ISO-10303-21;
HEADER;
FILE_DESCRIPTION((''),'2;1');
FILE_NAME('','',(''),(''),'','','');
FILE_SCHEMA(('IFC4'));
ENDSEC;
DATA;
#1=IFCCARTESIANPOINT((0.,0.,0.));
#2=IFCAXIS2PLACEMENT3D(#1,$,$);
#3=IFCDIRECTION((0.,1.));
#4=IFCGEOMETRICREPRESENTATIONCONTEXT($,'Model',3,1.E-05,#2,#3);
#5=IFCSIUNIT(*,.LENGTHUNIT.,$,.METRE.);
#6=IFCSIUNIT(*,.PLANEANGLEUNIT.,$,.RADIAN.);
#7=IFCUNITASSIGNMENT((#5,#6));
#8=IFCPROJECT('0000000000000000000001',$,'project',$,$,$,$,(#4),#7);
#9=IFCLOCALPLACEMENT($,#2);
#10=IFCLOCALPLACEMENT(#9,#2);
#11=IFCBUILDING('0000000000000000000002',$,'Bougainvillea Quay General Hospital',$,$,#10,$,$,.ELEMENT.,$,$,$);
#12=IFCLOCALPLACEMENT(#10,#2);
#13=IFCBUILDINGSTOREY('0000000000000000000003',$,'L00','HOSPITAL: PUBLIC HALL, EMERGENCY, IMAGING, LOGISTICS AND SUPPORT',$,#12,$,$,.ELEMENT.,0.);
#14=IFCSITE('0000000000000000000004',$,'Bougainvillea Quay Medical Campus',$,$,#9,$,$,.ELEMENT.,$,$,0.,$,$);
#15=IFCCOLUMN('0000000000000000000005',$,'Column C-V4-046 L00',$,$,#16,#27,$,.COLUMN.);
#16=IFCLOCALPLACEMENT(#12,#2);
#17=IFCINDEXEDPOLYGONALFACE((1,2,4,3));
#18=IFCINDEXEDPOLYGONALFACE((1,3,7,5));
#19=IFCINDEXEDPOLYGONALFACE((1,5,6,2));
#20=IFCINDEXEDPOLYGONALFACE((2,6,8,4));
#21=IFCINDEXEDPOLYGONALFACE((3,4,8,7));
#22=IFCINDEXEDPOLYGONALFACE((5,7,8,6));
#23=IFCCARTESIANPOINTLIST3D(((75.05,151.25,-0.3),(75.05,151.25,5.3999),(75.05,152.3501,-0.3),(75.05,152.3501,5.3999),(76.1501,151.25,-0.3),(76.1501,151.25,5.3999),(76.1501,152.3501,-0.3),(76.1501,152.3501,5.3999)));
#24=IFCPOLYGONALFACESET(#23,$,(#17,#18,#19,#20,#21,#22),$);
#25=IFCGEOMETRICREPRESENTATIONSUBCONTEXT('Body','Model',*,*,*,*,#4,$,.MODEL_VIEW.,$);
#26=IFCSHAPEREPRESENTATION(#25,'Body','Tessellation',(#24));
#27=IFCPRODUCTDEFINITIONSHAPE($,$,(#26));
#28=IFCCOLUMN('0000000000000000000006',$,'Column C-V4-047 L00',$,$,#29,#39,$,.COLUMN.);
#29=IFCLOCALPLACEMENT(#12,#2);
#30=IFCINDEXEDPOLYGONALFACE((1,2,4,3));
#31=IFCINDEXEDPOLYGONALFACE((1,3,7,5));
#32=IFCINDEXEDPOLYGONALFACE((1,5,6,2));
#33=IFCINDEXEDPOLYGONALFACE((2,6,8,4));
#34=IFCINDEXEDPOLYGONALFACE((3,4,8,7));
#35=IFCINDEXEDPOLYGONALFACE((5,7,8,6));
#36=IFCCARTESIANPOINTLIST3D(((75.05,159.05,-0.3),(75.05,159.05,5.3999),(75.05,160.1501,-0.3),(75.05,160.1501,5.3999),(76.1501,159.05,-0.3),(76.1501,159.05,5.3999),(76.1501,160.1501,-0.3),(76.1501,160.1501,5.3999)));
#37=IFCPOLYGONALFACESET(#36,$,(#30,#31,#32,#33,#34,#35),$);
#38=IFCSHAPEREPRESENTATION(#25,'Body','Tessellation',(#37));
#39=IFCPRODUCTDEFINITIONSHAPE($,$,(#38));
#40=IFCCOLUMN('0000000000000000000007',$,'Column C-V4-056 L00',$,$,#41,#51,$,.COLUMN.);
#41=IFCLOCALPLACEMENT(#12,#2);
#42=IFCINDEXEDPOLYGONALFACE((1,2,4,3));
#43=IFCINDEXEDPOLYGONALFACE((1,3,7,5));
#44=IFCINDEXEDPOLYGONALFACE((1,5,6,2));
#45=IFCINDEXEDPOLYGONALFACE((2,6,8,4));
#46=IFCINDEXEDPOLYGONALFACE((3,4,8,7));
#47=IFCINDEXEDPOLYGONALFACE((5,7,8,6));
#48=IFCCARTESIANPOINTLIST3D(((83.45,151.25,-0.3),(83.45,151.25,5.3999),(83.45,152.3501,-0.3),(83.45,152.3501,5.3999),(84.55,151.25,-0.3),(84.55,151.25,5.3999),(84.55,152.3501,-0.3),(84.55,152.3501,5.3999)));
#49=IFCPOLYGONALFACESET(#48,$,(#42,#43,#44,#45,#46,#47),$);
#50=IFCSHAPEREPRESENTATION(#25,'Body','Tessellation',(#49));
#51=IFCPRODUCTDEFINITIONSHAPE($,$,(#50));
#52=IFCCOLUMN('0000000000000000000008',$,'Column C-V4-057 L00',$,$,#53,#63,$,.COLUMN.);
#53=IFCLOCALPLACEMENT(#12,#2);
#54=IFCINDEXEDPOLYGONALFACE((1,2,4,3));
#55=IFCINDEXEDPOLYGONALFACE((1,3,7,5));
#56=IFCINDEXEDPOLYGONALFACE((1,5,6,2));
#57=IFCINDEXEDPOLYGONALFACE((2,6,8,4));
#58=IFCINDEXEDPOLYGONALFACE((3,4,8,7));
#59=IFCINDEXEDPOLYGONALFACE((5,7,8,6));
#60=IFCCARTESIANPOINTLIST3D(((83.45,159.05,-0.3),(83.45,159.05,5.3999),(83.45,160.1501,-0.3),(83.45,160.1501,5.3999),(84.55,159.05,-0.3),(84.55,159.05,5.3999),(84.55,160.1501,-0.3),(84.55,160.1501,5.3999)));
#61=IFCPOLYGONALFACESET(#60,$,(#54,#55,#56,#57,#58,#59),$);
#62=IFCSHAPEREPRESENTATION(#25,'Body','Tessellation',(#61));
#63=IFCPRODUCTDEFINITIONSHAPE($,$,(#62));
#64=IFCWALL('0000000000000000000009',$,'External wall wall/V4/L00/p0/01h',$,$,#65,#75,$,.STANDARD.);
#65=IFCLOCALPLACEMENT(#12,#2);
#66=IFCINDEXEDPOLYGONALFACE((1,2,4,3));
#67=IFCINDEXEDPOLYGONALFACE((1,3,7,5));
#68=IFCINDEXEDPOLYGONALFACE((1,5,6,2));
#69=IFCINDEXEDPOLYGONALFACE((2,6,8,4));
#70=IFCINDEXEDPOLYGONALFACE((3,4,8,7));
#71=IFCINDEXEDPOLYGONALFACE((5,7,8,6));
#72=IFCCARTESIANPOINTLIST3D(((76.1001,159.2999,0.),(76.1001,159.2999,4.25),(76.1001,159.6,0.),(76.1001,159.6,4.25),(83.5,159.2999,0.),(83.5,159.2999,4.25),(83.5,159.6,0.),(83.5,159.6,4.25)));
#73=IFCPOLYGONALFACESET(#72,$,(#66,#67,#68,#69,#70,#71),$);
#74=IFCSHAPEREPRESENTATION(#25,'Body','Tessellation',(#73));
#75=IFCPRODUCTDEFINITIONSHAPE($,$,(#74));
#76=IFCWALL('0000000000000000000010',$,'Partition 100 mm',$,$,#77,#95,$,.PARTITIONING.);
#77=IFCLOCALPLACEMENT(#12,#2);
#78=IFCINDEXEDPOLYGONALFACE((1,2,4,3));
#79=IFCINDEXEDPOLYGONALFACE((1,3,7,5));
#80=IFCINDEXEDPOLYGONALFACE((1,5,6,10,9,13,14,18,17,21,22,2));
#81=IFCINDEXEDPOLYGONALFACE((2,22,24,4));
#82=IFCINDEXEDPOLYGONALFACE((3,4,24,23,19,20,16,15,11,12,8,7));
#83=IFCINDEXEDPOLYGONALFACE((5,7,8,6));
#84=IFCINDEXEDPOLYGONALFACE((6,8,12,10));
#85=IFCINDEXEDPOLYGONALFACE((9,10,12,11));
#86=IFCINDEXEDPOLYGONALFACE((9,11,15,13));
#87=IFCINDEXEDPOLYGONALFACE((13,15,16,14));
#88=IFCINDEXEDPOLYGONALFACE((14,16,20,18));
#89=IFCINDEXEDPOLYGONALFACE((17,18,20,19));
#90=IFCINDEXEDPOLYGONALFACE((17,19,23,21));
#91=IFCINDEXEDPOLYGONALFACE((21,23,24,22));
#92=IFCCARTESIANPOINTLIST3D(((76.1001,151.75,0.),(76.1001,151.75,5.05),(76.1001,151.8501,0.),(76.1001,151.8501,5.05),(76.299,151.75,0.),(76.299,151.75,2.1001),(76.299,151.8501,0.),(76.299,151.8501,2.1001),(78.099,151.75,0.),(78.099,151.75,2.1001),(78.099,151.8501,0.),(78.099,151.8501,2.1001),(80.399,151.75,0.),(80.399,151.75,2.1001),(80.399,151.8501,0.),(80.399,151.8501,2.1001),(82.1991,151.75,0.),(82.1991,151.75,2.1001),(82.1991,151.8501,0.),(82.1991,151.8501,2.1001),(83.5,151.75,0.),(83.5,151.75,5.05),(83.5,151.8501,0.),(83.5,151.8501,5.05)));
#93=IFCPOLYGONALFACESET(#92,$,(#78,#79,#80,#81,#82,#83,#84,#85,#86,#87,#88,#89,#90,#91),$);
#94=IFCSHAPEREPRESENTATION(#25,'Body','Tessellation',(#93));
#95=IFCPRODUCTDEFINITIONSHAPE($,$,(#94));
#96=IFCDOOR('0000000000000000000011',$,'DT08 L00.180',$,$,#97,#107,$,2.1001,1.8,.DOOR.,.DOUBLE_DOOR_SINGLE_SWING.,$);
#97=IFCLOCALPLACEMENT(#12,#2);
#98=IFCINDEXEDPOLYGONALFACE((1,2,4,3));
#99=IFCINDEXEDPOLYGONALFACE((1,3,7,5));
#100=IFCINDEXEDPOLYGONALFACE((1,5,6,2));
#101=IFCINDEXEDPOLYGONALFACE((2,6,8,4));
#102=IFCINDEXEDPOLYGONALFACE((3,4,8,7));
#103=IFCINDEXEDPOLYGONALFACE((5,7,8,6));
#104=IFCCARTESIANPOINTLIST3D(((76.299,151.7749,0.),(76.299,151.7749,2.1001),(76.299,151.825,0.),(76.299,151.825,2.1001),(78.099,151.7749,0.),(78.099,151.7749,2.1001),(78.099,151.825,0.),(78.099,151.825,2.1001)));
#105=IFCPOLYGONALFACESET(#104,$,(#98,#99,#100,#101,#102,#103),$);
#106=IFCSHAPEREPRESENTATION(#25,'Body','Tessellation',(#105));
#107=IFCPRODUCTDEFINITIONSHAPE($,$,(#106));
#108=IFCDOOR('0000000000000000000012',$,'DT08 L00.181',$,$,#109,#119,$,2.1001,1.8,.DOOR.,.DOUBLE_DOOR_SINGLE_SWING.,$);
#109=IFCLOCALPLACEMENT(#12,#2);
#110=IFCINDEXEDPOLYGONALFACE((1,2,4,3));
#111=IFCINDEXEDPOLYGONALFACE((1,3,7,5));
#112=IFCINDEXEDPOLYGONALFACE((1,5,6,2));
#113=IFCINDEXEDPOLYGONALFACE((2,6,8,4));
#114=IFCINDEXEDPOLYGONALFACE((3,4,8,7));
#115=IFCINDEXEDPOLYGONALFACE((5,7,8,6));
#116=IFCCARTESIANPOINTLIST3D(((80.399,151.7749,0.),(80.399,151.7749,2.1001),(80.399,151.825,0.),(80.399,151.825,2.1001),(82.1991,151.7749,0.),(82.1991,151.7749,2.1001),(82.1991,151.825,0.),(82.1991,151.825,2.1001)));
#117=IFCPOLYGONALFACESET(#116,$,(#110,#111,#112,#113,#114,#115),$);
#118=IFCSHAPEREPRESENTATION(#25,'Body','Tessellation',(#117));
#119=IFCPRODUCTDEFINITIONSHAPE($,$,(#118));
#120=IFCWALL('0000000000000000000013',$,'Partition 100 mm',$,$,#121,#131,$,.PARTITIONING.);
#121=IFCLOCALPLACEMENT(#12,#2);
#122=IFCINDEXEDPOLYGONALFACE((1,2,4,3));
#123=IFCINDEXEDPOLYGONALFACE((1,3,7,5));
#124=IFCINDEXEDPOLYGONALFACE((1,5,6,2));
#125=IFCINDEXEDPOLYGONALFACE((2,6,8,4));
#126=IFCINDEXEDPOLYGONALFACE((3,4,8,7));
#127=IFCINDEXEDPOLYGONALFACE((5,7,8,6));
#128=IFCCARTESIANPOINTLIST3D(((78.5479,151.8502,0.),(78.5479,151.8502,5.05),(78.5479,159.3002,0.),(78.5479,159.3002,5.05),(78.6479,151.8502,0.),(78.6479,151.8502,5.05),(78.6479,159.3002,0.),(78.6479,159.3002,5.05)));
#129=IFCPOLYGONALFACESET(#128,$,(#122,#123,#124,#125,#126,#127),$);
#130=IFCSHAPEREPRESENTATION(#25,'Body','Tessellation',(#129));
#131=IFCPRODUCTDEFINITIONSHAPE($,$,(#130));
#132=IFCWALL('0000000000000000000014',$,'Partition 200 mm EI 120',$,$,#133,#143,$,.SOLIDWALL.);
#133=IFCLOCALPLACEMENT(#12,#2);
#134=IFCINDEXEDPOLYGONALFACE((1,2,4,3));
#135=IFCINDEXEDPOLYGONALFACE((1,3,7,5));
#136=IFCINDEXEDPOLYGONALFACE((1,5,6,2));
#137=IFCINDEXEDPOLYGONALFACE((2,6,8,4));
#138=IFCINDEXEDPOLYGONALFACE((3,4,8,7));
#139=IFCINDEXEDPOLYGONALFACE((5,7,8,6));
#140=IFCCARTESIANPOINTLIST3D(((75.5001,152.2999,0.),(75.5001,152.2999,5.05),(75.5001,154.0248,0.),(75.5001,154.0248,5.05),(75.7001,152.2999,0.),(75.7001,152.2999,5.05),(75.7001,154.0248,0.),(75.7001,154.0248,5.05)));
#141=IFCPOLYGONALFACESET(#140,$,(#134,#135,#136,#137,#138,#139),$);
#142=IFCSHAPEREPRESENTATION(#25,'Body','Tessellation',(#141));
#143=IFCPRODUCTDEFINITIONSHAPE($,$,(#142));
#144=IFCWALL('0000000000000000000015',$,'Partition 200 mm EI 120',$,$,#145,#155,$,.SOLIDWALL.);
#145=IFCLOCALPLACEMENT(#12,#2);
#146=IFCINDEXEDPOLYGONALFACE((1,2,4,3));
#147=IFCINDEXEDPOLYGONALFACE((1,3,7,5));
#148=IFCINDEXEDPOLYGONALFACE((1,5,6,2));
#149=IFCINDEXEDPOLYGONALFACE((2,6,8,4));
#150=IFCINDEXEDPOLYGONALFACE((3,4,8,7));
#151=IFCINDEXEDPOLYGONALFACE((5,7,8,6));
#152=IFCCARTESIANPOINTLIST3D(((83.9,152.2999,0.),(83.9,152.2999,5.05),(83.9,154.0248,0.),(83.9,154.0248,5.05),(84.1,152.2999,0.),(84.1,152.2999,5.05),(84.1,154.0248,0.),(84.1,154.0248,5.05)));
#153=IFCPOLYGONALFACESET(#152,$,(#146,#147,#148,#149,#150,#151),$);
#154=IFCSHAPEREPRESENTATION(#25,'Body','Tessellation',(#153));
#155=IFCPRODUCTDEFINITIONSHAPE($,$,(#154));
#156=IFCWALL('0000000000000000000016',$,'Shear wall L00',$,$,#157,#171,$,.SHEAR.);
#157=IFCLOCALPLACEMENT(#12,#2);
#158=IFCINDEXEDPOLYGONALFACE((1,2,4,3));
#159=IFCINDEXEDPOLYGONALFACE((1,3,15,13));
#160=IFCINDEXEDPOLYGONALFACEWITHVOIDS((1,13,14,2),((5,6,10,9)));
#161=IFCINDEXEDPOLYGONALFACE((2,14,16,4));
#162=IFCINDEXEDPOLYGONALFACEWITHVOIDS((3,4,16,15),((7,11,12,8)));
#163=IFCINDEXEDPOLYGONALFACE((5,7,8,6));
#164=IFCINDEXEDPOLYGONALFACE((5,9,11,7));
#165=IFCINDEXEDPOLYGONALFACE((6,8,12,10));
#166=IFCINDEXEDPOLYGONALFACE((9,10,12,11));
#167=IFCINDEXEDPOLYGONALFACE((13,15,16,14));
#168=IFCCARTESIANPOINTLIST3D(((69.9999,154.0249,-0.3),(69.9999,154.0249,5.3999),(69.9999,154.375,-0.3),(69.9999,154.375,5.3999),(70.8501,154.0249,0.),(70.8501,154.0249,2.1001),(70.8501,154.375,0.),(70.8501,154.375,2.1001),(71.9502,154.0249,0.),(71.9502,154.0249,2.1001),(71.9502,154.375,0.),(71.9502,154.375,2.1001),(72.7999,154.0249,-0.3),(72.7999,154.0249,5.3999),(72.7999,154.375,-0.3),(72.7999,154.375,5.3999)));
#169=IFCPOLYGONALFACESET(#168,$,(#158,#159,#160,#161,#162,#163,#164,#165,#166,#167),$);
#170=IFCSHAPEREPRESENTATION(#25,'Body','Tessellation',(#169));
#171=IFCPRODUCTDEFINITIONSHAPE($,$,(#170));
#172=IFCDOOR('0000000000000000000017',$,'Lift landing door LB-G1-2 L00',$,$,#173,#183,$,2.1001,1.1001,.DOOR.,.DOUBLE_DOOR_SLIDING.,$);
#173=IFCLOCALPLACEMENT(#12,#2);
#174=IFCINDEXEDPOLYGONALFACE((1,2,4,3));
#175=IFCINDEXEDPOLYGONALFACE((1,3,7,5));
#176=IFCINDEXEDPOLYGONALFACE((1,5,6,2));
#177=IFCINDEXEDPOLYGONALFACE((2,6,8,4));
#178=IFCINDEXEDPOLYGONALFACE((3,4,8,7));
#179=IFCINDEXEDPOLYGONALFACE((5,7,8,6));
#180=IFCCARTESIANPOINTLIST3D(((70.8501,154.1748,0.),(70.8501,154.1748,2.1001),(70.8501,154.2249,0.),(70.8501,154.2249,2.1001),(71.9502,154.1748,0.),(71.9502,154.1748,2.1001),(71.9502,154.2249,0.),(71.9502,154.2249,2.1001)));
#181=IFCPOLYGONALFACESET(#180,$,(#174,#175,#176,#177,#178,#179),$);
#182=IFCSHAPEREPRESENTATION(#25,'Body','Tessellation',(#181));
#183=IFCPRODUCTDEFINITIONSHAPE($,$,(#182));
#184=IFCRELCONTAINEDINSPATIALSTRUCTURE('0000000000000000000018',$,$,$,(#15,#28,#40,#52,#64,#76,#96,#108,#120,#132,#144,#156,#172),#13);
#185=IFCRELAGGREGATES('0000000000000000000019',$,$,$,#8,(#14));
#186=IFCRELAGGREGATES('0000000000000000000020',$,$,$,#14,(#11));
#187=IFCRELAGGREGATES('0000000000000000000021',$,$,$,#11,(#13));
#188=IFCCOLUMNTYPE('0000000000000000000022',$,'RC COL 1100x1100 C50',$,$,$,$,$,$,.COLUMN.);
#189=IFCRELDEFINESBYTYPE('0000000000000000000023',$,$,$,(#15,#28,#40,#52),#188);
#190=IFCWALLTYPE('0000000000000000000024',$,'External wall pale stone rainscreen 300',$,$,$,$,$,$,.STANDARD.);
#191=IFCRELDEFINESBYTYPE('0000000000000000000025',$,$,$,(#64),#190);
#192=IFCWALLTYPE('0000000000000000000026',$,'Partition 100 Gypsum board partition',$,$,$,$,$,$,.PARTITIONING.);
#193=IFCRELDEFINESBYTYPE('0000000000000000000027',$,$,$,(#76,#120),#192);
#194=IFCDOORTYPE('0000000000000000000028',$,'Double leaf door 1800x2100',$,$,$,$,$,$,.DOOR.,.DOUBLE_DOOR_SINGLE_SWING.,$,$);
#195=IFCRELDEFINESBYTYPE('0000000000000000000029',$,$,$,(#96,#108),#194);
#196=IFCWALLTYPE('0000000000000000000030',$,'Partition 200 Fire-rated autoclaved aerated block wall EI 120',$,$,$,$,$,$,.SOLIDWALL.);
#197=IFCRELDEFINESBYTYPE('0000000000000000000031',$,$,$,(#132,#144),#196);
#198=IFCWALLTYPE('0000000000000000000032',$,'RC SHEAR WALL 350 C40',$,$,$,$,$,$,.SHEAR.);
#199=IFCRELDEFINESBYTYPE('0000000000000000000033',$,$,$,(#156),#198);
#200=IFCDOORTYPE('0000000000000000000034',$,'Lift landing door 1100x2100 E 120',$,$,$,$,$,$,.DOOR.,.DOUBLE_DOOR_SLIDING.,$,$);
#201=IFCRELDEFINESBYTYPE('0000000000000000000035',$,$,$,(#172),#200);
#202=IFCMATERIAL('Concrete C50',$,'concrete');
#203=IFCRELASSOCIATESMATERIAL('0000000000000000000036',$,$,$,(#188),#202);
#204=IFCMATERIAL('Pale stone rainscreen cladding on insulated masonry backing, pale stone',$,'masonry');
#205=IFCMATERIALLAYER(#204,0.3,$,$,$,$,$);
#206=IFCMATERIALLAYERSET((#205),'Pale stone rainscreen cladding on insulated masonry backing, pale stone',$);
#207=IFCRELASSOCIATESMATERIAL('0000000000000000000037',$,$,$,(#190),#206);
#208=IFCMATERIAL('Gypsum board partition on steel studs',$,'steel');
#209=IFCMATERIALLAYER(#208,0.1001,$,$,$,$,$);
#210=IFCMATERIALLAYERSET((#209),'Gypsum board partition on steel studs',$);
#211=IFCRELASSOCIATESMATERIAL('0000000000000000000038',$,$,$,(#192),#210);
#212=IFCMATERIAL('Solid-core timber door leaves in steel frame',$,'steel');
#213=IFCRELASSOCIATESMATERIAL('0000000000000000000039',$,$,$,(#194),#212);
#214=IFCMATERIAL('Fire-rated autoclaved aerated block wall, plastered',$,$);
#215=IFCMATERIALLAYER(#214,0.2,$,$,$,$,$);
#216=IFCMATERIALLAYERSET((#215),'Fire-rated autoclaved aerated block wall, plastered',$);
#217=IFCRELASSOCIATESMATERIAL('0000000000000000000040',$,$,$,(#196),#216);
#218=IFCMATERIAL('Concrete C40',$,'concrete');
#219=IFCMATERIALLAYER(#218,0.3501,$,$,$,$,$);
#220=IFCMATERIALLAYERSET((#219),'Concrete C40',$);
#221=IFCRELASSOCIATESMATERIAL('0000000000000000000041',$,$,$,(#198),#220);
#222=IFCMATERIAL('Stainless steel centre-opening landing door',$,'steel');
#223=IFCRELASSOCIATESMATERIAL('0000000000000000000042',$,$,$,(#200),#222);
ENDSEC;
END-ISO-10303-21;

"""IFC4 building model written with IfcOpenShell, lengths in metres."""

from ifc_helpers import new_model, si_unit, direction, frame, frame_2d, origin, origin_2d, place, context, subcontext, project, spatial, rectangle, extrude, material, layer, layer_set, material_profile, profile_set, type_object, element, fill, save


model = new_model("IFC4")

# Units and contexts
model_context = context("Model", 3, precision=1e-05, world=origin(), true_north=direction((0.0, 1.0)))
body_context = subcontext(model_context, "Body", "Model", "MODEL_VIEW")
ifc_project = project(units=[si_unit("LENGTHUNIT", "METRE"), si_unit("PLANEANGLEUNIT", "RADIAN")], contexts=[model_context])

# Site, building, storey
site_placement = place(None, origin())
site = spatial("IfcSite", under=ifc_project, at=site_placement, Name="Bougainvillea Quay Medical Campus", CompositionType="ELEMENT", RefElevation=0.0)
building_placement = place(site_placement, origin())
building = spatial("IfcBuilding", under=site, at=building_placement, Name="Bougainvillea Quay General Hospital", CompositionType="ELEMENT")
storey_placement = place(building_placement, origin())
storey = spatial("IfcBuildingStorey", under=building, at=storey_placement, Name="L00", Description="HOSPITAL: PUBLIC HALL, EMERGENCY, IMAGING, LOGISTICS AND SUPPORT", CompositionType="ELEMENT", Elevation=0.0)

# Columns
ifc_material_1 = material(Name="Concrete C50", Category="concrete")
ifc_material_profile = material_profile(ifc_material_1, rectangle(XDim=1.1001, YDim=1.1001, at=origin_2d()))
ifc_profile_set = profile_set([ifc_material_profile], Name="Concrete C50")
column_type = type_object("IfcColumnType", Name="RC COL 1100x1100 C50", PredefinedType="COLUMN", material=ifc_profile_set)
for number, where, z_axis, x_axis, name in (
    (1, (75.6001, 151.8, -0.3), (0.0, 0.0, 1.0), (1.0, 0.0, 0.0), "Column C-V4-046 L00"),
    (2, (75.6001, 159.6001, -0.3), (0.0, 0.0, 1.0), (1.0, 0.0, 0.0), "Column C-V4-047 L00"),
    (3, (84.0, 151.8, -0.3), (0.0, 0.0, 1.0), (1.0, 0.0, 0.0), "Column C-V4-056 L00"),
    (4, (84.0, 159.6001, -0.3), (0.0, 0.0, 1.0), (1.0, 0.0, 0.0), "Column C-V4-057 L00"),
):
    element("IfcColumn", number, at=place(storey_placement, frame(where, z_axis=z_axis, x_axis=x_axis)), inside=storey, type_object=column_type, Name=name, PredefinedType="COLUMN", context=body_context, shape_type="SweptSolid", body=[
        extrude(rectangle(XDim=1.1001, YDim=1.1001, at=origin_2d()), origin(), (0.0, 0.0, 1.0), 5.7),
    ])

# Wall
ifc_material_2 = material(Name="Pale stone rainscreen cladding on insulated masonry backing, pale stone", Category="masonry")
ifc_layer_1 = layer(ifc_material_2, 0.3)
ifc_layer_set_1 = layer_set([ifc_layer_1], Name="Pale stone rainscreen cladding on insulated masonry backing, pale stone")
wall_type_1 = type_object("IfcWallType", Name="External wall pale stone rainscreen 300", PredefinedType="STANDARD", material=ifc_layer_set_1)
wall_1_placement = place(storey_placement, frame((83.5, 159.45, 0.0), z_axis=(0.0, 0.0, 1.0), x_axis=(-1.0, 0.0, 0.0)))
element("IfcWall", 5, at=wall_1_placement, inside=storey, type_object=wall_type_1, Name="External wall wall/V4/L00/p0/01h", PredefinedType="STANDARD", context=body_context, shape_type="SweptSolid", body=[
    extrude(rectangle(XDim=7.3999, YDim=0.3, at=frame_2d((3.7, 0.0))), origin(), (0.0, 0.0, 1.0), 4.25),
])

# Wall, openings, doors
ifc_material_3 = material(Name="Gypsum board partition on steel studs", Category="steel")
ifc_layer_2 = layer(ifc_material_3, 0.1001)
ifc_layer_set_2 = layer_set([ifc_layer_2], Name="Gypsum board partition on steel studs")
wall_type_2 = type_object("IfcWallType", Name="Partition 100 Gypsum board partition", PredefinedType="PARTITIONING", material=ifc_layer_set_2)
wall_2_placement = place(storey_placement, frame((76.1001, 151.8, 0.0), z_axis=(0.0, 0.0, 1.0), x_axis=(1.0, 0.0, 0.0)))
wall_2 = element("IfcWall", 6, at=wall_2_placement, inside=storey, type_object=wall_type_2, Name="Partition 100 mm", PredefinedType="PARTITIONING", context=body_context, shape_type="SweptSolid", body=[
    extrude(rectangle(XDim=7.3999, YDim=0.1001, at=frame_2d((3.7, 0.0))), origin(), (0.0, 0.0, 1.0), 5.05),
])
opening_1_placement = place(wall_2_placement, frame((0.199, 0.0, 0.0)))
opening_1 = element("IfcOpeningElement", 7, at=opening_1_placement, cuts=wall_2, PredefinedType="OPENING", context=body_context, shape_type="SweptSolid", body=[
    extrude(rectangle(XDim=1.8, YDim=2.1001, at=frame_2d((0.8999, 1.05))), frame((0.0, 0.0601, 0.0), z_axis=(0.0, -1.0, 0.0), x_axis=(1.0, 0.0, 0.0)), (0.0, 0.0, 1.0), 0.1201),
])
opening_2_placement = place(wall_2_placement, frame((4.2991, 0.0, 0.0)))
opening_2 = element("IfcOpeningElement", 8, at=opening_2_placement, cuts=wall_2, PredefinedType="OPENING", context=body_context, shape_type="SweptSolid", body=[
    extrude(rectangle(XDim=1.8, YDim=2.1001, at=frame_2d((0.8999, 1.05))), frame((0.0, 0.0601, 0.0), z_axis=(0.0, -1.0, 0.0), x_axis=(1.0, 0.0, 0.0)), (0.0, 0.0, 1.0), 0.1201),
])
ifc_material_4 = material(Name="Solid-core timber door leaves in steel frame", Category="steel")
door_type_1 = type_object("IfcDoorType", Name="Double leaf door 1800x2100", OperationType="DOUBLE_DOOR_SINGLE_SWING", PredefinedType="DOOR", material=ifc_material_4)
door_1_placement = place(opening_1_placement, origin())
door_1 = element("IfcDoor", 9, at=door_1_placement, inside=storey, type_object=door_type_1, Name="DT08 L00.180", OperationType="DOUBLE_DOOR_SINGLE_SWING", OverallHeight=2.1001, OverallWidth=1.8, PredefinedType="DOOR", context=body_context, shape_type="SweptSolid", body=[
    extrude(rectangle(XDim=1.8, YDim=2.1001, at=frame_2d((0.8999, 1.05))), frame((0.0, 0.0249, 0.0), z_axis=(0.0, -1.0, 0.0), x_axis=(1.0, 0.0, 0.0)), (0.0, 0.0, 1.0), 0.05),
])
fill(opening_1, door_1)
door_2_placement = place(opening_2_placement, origin())
door_2 = element("IfcDoor", 10, at=door_2_placement, inside=storey, type_object=door_type_1, Name="DT08 L00.181", OperationType="DOUBLE_DOOR_SINGLE_SWING", OverallHeight=2.1001, OverallWidth=1.8, PredefinedType="DOOR", context=body_context, shape_type="SweptSolid", body=[
    extrude(rectangle(XDim=1.8, YDim=2.1001, at=frame_2d((0.8999, 1.05))), frame((0.0, 0.0249, 0.0), z_axis=(0.0, -1.0, 0.0), x_axis=(1.0, 0.0, 0.0)), (0.0, 0.0, 1.0), 0.05),
])
fill(opening_2, door_2)

# Walls
wall_3_placement = place(storey_placement, frame((78.5979, 151.8501, 0.0), z_axis=(0.0, 0.0, 1.0), x_axis=(0.0, 1.0, 0.0)))
element("IfcWall", 11, at=wall_3_placement, inside=storey, type_object=wall_type_2, Name="Partition 100 mm", PredefinedType="PARTITIONING", context=body_context, shape_type="SweptSolid", body=[
    extrude(rectangle(XDim=7.45, YDim=0.1001, at=frame_2d((3.7251, 0.0))), origin(), (0.0, 0.0, 1.0), 5.05),
])
ifc_material_5 = material(Name="Fire-rated autoclaved aerated block wall, plastered")
ifc_layer_3 = layer(ifc_material_5, 0.2)
ifc_layer_set_3 = layer_set([ifc_layer_3], Name="Fire-rated autoclaved aerated block wall, plastered")
wall_type_3 = type_object("IfcWallType", Name="Partition 200 Fire-rated autoclaved aerated block wall EI 120", PredefinedType="SOLIDWALL", material=ifc_layer_set_3)
for number, where, z_axis, x_axis, name in (
    (12, (75.6001, 152.3, 0.0), (0.0, 0.0, 1.0), (0.0, 1.0, 0.0), "Partition 200 mm EI 120"),
    (13, (84.0, 152.3, 0.0), (0.0, 0.0, 1.0), (0.0, 1.0, 0.0), "Partition 200 mm EI 120"),
):
    element("IfcWall", number, at=place(storey_placement, frame(where, z_axis=z_axis, x_axis=x_axis)), inside=storey, type_object=wall_type_3, Name=name, PredefinedType="SOLIDWALL", context=body_context, shape_type="SweptSolid", body=[
        extrude(rectangle(XDim=1.7249, YDim=0.2, at=frame_2d((0.8623, 0.0))), origin(), (0.0, 0.0, 1.0), 5.05),
    ])

# Wall, opening, door
ifc_material_6 = material(Name="Concrete C40", Category="concrete")
ifc_layer_4 = layer(ifc_material_6, 0.3501)
ifc_layer_set_4 = layer_set([ifc_layer_4], Name="Concrete C40")
wall_type_4 = type_object("IfcWallType", Name="RC SHEAR WALL 350 C40", PredefinedType="SHEAR", material=ifc_layer_set_4)
wall_4_placement = place(storey_placement, frame((70.0, 154.2, -0.3), z_axis=(0.0, 0.0, 1.0), x_axis=(1.0, 0.0, 0.0)))
wall_4 = element("IfcWall", 14, at=wall_4_placement, inside=storey, type_object=wall_type_4, Name="Shear wall L00", PredefinedType="SHEAR", context=body_context, shape_type="SweptSolid", body=[
    extrude(rectangle(XDim=2.8, YDim=0.3501, at=frame_2d((1.3999, 0.0))), origin(), (0.0, 0.0, 1.0), 5.7),
])
opening_3_placement = place(wall_4_placement, frame((0.8501, 0.0, 0.3)))
opening_3 = element("IfcOpeningElement", 15, at=opening_3_placement, cuts=wall_4, PredefinedType="OPENING", context=body_context, shape_type="SweptSolid", body=[
    extrude(rectangle(XDim=1.1001, YDim=2.1001, at=frame_2d((0.55, 1.05))), frame((0.0, 0.1851, 0.0), z_axis=(0.0, -1.0, 0.0), x_axis=(1.0, 0.0, 0.0)), (0.0, 0.0, 1.0), 0.3701),
])
ifc_material_7 = material(Name="Stainless steel centre-opening landing door", Category="steel")
door_type_2 = type_object("IfcDoorType", Name="Lift landing door 1100x2100 E 120", OperationType="DOUBLE_DOOR_SLIDING", PredefinedType="DOOR", material=ifc_material_7)
door_3_placement = place(opening_3_placement, origin())
door_3 = element("IfcDoor", 16, at=door_3_placement, inside=storey, type_object=door_type_2, Name="Lift landing door LB-G1-2 L00", OperationType="DOUBLE_DOOR_SLIDING", OverallHeight=2.1001, OverallWidth=1.1001, PredefinedType="DOOR", context=body_context, shape_type="SweptSolid", body=[
    extrude(rectangle(XDim=1.1001, YDim=2.1001, at=frame_2d((0.55, 1.05))), frame((0.0, 0.0249, 0.0), z_axis=(0.0, -1.0, 0.0), x_axis=(1.0, 0.0, 0.0)), (0.0, 0.0, 1.0), 0.05),
])
fill(opening_3, door_3)

save(model, "model.ifc")
